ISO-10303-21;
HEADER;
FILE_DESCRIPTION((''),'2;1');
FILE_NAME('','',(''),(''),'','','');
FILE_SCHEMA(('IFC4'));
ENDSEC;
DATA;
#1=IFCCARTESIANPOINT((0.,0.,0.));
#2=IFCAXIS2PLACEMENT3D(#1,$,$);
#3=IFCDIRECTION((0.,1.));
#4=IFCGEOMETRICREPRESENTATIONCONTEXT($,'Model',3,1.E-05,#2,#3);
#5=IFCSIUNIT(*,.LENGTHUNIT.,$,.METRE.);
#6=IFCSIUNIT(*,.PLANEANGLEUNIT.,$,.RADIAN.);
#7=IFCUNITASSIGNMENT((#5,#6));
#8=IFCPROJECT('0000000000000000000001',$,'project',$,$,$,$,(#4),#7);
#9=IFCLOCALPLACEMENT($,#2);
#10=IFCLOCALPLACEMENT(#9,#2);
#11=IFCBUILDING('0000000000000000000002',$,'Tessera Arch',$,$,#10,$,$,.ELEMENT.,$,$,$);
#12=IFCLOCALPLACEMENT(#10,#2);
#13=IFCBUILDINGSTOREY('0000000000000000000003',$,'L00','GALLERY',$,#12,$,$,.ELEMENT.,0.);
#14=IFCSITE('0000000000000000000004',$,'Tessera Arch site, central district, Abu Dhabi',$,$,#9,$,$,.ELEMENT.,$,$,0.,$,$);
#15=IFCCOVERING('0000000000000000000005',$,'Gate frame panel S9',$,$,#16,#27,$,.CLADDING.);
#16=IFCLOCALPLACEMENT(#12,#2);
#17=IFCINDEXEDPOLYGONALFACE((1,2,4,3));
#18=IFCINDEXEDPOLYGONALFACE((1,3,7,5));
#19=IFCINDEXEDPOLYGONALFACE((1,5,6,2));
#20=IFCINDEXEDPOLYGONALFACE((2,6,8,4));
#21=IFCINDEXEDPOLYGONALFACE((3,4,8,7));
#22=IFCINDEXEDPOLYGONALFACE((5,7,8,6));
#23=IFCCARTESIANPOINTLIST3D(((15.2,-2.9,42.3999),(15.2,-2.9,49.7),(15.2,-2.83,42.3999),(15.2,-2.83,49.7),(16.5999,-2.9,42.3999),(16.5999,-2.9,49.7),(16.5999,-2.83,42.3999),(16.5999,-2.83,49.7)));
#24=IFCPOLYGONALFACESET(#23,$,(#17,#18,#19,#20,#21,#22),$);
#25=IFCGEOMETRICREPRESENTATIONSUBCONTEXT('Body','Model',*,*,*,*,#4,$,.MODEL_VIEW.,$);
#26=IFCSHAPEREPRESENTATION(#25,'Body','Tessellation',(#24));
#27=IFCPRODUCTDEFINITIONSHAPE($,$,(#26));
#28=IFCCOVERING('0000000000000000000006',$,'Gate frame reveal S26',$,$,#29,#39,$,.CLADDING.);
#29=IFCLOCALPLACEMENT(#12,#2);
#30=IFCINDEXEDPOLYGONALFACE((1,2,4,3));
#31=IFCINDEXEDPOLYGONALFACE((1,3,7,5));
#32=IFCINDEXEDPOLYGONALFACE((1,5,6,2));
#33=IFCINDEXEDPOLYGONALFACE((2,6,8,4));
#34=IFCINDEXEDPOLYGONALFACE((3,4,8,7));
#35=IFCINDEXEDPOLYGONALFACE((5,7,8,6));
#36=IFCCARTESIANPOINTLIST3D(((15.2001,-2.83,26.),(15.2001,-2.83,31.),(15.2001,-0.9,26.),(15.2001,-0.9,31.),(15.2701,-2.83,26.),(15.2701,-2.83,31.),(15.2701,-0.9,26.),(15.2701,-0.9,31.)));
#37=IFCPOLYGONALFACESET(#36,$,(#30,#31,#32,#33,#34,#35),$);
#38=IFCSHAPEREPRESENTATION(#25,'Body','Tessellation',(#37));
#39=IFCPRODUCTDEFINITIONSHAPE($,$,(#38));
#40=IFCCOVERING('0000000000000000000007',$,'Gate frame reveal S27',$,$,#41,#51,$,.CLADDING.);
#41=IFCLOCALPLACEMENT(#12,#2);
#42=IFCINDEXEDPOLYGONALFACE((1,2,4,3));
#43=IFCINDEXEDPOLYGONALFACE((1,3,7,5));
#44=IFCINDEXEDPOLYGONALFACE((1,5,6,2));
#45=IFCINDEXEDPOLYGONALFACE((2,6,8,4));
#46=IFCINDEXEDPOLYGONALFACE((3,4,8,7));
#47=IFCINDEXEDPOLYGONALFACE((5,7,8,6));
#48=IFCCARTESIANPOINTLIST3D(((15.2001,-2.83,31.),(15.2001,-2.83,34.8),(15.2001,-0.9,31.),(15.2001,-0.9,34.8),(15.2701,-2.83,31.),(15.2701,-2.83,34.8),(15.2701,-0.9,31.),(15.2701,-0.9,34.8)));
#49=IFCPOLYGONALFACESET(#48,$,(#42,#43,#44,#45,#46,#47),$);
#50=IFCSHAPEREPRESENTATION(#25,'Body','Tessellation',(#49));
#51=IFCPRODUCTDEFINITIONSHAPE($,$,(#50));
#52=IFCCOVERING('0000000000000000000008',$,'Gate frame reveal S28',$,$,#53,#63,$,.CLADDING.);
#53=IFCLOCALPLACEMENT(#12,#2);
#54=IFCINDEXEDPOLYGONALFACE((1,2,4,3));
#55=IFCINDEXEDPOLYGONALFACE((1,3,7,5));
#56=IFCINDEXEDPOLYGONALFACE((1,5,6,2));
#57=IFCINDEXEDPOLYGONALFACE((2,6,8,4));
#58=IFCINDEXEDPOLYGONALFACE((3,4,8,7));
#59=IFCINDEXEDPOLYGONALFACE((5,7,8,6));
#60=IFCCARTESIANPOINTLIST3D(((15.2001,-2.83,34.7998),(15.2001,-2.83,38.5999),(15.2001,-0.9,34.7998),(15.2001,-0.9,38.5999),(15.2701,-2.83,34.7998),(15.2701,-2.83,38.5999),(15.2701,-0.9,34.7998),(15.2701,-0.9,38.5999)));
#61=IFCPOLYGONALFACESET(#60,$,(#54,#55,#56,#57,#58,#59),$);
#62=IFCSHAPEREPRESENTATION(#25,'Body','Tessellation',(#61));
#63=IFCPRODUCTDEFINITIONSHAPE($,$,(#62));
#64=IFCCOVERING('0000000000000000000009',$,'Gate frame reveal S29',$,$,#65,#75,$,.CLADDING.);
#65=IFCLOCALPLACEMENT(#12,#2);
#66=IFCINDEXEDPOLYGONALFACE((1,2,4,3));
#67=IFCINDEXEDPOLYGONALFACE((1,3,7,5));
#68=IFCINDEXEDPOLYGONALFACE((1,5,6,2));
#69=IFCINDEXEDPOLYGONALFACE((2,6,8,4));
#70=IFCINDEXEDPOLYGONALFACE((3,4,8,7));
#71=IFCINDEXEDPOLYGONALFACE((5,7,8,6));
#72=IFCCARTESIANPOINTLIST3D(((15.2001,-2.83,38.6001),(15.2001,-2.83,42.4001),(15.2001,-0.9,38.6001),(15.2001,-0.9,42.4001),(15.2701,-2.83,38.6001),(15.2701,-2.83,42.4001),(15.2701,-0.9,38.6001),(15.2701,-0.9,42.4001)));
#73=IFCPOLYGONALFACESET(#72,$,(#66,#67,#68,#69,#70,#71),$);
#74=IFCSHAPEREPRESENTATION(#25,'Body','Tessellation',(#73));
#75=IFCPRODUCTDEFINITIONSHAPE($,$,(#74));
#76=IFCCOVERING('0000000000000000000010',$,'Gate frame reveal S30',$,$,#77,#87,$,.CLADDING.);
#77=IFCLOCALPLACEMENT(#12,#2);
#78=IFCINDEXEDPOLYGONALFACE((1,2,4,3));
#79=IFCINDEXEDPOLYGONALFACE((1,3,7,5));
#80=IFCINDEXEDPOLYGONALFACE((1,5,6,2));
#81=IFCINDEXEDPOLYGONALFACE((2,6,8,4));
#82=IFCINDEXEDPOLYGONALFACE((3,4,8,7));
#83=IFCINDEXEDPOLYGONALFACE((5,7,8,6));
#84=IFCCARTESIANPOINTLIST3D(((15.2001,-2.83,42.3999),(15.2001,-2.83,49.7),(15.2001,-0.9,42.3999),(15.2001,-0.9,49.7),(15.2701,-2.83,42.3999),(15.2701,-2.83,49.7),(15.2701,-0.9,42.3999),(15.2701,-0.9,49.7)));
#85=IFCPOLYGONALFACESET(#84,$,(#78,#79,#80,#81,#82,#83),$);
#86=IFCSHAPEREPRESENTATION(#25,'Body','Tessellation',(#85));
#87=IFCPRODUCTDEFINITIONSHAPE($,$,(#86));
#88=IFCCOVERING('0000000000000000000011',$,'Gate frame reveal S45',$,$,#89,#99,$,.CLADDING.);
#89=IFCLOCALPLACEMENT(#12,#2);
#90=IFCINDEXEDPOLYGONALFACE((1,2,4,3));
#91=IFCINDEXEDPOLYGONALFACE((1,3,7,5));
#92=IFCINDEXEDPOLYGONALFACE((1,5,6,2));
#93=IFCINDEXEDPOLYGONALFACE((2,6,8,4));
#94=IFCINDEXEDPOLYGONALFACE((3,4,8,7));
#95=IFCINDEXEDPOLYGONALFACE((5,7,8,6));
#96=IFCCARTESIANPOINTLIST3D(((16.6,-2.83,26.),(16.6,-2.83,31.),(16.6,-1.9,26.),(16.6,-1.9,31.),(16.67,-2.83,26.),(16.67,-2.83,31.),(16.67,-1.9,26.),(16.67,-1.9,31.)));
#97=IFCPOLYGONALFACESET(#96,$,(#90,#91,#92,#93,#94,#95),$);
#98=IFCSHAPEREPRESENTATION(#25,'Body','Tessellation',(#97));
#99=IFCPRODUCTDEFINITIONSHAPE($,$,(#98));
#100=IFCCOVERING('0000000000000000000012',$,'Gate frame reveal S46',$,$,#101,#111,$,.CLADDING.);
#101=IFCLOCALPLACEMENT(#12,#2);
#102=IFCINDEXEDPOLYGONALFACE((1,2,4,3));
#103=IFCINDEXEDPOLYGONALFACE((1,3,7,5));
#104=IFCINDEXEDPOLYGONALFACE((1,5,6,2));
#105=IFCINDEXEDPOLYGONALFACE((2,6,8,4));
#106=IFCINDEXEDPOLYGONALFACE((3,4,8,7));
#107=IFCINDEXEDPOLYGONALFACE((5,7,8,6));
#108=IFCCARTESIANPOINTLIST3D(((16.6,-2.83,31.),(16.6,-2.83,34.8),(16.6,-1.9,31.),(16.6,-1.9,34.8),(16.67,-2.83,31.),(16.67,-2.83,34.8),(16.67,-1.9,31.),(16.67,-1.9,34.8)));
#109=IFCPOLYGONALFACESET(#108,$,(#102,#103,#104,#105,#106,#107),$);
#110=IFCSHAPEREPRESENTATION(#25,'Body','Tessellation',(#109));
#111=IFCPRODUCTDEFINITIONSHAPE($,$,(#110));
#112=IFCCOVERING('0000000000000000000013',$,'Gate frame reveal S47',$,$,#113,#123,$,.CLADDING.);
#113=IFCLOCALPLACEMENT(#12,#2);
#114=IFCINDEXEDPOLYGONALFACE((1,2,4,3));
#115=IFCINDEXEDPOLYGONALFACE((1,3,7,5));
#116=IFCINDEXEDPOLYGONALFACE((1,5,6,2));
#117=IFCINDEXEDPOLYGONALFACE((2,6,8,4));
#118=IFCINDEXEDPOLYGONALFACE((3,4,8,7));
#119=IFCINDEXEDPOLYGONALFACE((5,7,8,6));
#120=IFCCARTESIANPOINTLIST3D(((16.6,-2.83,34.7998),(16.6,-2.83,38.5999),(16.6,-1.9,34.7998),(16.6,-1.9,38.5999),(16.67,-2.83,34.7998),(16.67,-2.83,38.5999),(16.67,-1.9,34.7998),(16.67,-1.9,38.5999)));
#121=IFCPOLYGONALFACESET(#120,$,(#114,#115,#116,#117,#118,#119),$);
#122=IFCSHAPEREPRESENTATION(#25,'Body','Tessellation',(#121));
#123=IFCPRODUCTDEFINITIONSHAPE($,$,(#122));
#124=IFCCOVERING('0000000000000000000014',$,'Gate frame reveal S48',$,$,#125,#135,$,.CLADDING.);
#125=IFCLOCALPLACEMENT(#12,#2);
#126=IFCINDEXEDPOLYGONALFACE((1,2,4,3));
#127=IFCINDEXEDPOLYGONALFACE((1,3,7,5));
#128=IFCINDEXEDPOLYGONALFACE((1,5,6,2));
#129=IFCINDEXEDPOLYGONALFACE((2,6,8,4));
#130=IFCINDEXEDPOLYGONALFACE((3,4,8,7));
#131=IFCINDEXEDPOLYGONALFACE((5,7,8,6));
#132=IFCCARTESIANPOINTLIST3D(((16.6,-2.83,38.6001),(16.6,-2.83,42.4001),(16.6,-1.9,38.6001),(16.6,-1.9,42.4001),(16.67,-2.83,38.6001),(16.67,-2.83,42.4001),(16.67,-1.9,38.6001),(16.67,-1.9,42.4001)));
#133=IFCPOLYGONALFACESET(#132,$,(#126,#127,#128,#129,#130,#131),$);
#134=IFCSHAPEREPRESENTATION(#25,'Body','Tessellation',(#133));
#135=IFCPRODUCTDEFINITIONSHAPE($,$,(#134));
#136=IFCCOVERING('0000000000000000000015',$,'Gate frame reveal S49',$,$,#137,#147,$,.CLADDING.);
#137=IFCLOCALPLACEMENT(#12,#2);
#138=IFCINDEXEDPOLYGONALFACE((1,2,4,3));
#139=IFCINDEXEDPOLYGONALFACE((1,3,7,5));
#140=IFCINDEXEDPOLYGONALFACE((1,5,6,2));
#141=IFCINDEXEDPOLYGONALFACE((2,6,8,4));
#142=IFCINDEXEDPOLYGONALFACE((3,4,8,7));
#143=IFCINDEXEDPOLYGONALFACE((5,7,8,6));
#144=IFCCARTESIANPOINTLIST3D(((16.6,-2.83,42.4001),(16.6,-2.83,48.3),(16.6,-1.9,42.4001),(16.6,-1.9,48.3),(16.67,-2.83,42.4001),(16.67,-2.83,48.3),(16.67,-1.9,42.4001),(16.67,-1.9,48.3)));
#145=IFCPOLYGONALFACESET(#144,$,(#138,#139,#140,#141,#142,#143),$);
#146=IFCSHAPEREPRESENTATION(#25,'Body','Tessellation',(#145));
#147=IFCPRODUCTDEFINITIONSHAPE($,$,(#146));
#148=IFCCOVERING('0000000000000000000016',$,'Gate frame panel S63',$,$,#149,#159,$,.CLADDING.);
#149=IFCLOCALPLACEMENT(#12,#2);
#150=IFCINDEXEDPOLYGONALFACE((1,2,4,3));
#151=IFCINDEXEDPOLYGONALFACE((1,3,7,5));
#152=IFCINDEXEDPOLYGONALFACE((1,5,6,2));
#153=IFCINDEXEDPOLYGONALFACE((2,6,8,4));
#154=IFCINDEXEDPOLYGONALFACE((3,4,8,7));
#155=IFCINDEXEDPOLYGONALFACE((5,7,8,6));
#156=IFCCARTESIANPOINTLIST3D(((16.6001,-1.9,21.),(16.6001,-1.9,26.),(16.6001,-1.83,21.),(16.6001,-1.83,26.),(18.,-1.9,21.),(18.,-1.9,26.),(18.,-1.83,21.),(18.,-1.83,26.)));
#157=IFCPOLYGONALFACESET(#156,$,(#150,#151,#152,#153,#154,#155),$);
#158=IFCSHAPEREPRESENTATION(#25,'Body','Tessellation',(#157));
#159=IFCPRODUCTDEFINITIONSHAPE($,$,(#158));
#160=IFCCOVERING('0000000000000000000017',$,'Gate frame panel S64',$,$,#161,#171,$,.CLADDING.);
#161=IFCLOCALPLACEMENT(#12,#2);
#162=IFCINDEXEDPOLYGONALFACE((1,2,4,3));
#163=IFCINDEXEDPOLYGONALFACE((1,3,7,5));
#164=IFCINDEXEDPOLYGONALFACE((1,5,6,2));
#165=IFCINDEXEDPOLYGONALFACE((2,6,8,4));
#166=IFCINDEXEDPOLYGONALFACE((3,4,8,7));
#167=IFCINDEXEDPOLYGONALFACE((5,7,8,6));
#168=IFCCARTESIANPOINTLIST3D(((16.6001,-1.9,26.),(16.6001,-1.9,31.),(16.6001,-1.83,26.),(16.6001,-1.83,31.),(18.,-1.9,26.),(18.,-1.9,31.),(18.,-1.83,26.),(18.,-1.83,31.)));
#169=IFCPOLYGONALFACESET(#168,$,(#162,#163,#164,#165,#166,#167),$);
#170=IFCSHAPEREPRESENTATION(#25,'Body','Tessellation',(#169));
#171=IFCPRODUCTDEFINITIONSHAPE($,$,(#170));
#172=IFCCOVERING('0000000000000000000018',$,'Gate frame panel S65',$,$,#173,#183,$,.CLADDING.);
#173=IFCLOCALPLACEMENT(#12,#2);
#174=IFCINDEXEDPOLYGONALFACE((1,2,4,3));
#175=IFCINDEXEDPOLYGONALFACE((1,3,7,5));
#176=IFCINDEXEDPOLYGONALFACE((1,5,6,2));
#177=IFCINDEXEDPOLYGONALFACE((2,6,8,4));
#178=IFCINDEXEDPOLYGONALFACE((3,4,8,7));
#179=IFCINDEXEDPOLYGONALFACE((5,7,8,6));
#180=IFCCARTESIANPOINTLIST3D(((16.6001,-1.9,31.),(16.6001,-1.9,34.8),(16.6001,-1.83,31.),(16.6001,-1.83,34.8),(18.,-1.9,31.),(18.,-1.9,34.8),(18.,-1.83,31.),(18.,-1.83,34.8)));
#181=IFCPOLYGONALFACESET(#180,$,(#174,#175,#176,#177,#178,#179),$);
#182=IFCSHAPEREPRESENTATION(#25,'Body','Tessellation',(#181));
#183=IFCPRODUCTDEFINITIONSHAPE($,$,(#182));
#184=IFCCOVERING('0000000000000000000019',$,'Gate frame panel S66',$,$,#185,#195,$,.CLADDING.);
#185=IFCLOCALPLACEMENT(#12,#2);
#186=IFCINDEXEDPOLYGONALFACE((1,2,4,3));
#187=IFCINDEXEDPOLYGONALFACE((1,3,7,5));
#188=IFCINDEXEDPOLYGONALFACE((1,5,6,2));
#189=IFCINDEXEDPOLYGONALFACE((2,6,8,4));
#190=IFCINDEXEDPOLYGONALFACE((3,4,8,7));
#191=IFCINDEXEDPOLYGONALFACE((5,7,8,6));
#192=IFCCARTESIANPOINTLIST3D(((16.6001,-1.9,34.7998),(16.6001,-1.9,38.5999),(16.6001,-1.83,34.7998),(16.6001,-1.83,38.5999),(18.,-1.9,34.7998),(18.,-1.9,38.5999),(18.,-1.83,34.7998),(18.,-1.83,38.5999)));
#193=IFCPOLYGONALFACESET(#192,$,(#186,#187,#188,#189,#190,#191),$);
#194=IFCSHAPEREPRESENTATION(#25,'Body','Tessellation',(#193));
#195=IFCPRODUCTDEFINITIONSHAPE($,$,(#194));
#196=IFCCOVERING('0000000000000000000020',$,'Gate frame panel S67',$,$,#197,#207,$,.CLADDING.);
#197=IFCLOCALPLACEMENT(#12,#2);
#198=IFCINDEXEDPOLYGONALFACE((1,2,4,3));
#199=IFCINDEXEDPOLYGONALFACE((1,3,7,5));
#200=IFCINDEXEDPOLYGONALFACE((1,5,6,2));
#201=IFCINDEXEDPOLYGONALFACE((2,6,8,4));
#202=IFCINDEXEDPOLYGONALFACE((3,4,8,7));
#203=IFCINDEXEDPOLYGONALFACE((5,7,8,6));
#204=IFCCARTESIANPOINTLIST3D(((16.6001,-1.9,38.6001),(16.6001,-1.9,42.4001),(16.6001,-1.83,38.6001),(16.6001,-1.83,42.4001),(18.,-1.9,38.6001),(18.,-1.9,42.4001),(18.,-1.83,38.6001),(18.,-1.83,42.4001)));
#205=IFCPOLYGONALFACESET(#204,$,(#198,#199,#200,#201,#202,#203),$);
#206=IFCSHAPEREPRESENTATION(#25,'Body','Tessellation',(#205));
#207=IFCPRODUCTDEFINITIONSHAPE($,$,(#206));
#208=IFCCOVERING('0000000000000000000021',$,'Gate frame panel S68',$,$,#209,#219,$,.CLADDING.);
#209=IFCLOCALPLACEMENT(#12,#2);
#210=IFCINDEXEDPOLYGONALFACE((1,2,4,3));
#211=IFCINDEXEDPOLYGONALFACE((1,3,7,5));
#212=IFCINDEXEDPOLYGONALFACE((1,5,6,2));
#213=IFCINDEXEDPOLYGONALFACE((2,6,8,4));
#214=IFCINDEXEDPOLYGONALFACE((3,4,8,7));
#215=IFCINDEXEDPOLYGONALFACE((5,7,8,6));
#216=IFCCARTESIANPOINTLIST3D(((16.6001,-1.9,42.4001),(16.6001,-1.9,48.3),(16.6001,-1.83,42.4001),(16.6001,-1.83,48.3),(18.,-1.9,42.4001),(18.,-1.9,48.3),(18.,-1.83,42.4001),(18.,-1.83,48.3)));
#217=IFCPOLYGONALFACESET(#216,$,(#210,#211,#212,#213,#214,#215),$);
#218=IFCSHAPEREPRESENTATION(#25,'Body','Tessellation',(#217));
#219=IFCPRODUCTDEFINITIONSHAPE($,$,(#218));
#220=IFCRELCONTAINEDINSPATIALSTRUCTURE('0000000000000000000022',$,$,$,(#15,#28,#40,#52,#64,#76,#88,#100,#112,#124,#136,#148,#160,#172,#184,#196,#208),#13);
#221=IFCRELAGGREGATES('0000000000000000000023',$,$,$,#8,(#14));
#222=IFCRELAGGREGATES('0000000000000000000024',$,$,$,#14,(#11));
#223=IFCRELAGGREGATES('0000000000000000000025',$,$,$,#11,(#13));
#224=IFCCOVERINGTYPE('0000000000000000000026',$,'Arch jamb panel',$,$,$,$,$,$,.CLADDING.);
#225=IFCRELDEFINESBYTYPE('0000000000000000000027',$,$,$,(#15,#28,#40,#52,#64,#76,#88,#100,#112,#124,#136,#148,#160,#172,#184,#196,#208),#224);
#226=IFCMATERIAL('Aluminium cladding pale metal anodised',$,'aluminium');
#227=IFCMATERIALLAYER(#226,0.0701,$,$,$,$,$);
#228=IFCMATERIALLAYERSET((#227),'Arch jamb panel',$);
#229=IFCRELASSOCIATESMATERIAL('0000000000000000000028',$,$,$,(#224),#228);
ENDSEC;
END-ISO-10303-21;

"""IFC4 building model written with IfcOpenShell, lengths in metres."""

from ifc_helpers import new_model, si_unit, direction, frame, origin, origin_2d, place, context, subcontext, project, spatial, rectangle, extrude, material, layer, layer_set, type_object, element, save


model = new_model("IFC4")

# Units and contexts
model_context = context("Model", 3, precision=1e-05, world=origin(), true_north=direction((0.0, 1.0)))
body_context = subcontext(model_context, "Body", "Model", "MODEL_VIEW")
ifc_project = project(units=[si_unit("LENGTHUNIT", "METRE"), si_unit("PLANEANGLEUNIT", "RADIAN")], contexts=[model_context])

# Site, building, storey
site_placement = place(None, origin())
site = spatial("IfcSite", under=ifc_project, at=site_placement, Name="Tessera Arch site, central district, Abu Dhabi", CompositionType="ELEMENT", RefElevation=0.0)
building_placement = place(site_placement, origin())
building = spatial("IfcBuilding", under=site, at=building_placement, Name="Tessera Arch", CompositionType="ELEMENT")
storey_placement = place(building_placement, origin())
storey = spatial("IfcBuildingStorey", under=building, at=storey_placement, Name="L00", Description="GALLERY", CompositionType="ELEMENT", Elevation=0.0)

# Coverings
ifc_material = material(Name="Aluminium cladding pale metal anodised", Category="aluminium")
ifc_layer = layer(ifc_material, 0.0701)
ifc_layer_set = layer_set([ifc_layer], Name="Arch jamb panel")
covering_type = type_object("IfcCoveringType", Name="Arch jamb panel", PredefinedType="CLADDING", material=ifc_layer_set)
covering_1_placement = place(storey_placement, frame((15.8999, -2.865, 42.3999), z_axis=(0.0, 0.0, 1.0), x_axis=(1.0, 0.0, 0.0)))
element("IfcCovering", 1, at=covering_1_placement, inside=storey, type_object=covering_type, Name="Gate frame panel S9", PredefinedType="CLADDING", context=body_context, shape_type="SweptSolid", body=[
    extrude(rectangle(XDim=1.3999, YDim=0.0701, at=origin_2d()), origin(), (0.0, 0.0, 1.0), 7.3),
])
covering_2_placement = place(storey_placement, frame((15.2351, -1.865, 26.0), z_axis=(0.0, 0.0, 1.0), x_axis=(1.0, 0.0, 0.0)))
element("IfcCovering", 2, at=covering_2_placement, inside=storey, type_object=covering_type, Name="Gate frame reveal S26", PredefinedType="CLADDING", context=body_context, shape_type="SweptSolid", body=[
    extrude(rectangle(XDim=0.0701, YDim=1.9299, at=origin_2d()), origin(), (0.0, 0.0, 1.0), 5.0),
])
for number, where, z_axis, x_axis, name in (
    (3, (15.2351, -1.865, 31.0), (0.0, 0.0, 1.0), (1.0, 0.0, 0.0), "Gate frame reveal S27"),
    (4, (15.2351, -1.865, 34.7998), (0.0, 0.0, 1.0), (1.0, 0.0, 0.0), "Gate frame reveal S28"),
    (5, (15.2351, -1.865, 38.6001), (0.0, 0.0, 1.0), (1.0, 0.0, 0.0), "Gate frame reveal S29"),
):
    element("IfcCovering", number, at=place(storey_placement, frame(where, z_axis=z_axis, x_axis=x_axis)), inside=storey, type_object=covering_type, Name=name, PredefinedType="CLADDING", context=body_context, shape_type="SweptSolid", body=[
        extrude(rectangle(XDim=0.0701, YDim=1.9299, at=origin_2d()), origin(), (0.0, 0.0, 1.0), 3.8),
    ])
covering_3_placement = place(storey_placement, frame((15.2351, -1.865, 42.3999), z_axis=(0.0, 0.0, 1.0), x_axis=(1.0, 0.0, 0.0)))
element("IfcCovering", 6, at=covering_3_placement, inside=storey, type_object=covering_type, Name="Gate frame reveal S30", PredefinedType="CLADDING", context=body_context, shape_type="SweptSolid", body=[
    extrude(rectangle(XDim=0.0701, YDim=1.9299, at=origin_2d()), origin(), (0.0, 0.0, 1.0), 7.3),
])
covering_4_placement = place(storey_placement, frame((16.635, -2.365, 26.0), z_axis=(0.0, 0.0, 1.0), x_axis=(1.0, 0.0, 0.0)))
element("IfcCovering", 7, at=covering_4_placement, inside=storey, type_object=covering_type, Name="Gate frame reveal S45", PredefinedType="CLADDING", context=body_context, shape_type="SweptSolid", body=[
    extrude(rectangle(XDim=0.0701, YDim=0.9299, at=origin_2d()), origin(), (0.0, 0.0, 1.0), 5.0),
])
for number, where, z_axis, x_axis, name in (
    (8, (16.635, -2.365, 31.0), (0.0, 0.0, 1.0), (1.0, 0.0, 0.0), "Gate frame reveal S46"),
    (9, (16.635, -2.365, 34.7998), (0.0, 0.0, 1.0), (1.0, 0.0, 0.0), "Gate frame reveal S47"),
    (10, (16.635, -2.365, 38.6001), (0.0, 0.0, 1.0), (1.0, 0.0, 0.0), "Gate frame reveal S48"),
):
    element("IfcCovering", number, at=place(storey_placement, frame(where, z_axis=z_axis, x_axis=x_axis)), inside=storey, type_object=covering_type, Name=name, PredefinedType="CLADDING", context=body_context, shape_type="SweptSolid", body=[
        extrude(rectangle(XDim=0.0701, YDim=0.9299, at=origin_2d()), origin(), (0.0, 0.0, 1.0), 3.8),
    ])
covering_5_placement = place(storey_placement, frame((16.635, -2.365, 42.4001), z_axis=(0.0, 0.0, 1.0), x_axis=(1.0, 0.0, 0.0)))
element("IfcCovering", 11, at=covering_5_placement, inside=storey, type_object=covering_type, Name="Gate frame reveal S49", PredefinedType="CLADDING", context=body_context, shape_type="SweptSolid", body=[
    extrude(rectangle(XDim=0.0701, YDim=0.9299, at=origin_2d()), origin(), (0.0, 0.0, 1.0), 5.8999),
])
for number, where, z_axis, x_axis, name in (
    (12, (17.3, -1.865, 21.0), (0.0, 0.0, 1.0), (1.0, 0.0, 0.0), "Gate frame panel S63"),
    (13, (17.3, -1.865, 26.0), (0.0, 0.0, 1.0), (1.0, 0.0, 0.0), "Gate frame panel S64"),
):
    element("IfcCovering", number, at=place(storey_placement, frame(where, z_axis=z_axis, x_axis=x_axis)), inside=storey, type_object=covering_type, Name=name, PredefinedType="CLADDING", context=body_context, shape_type="SweptSolid", body=[
        extrude(rectangle(XDim=1.3999, YDim=0.0701, at=origin_2d()), origin(), (0.0, 0.0, 1.0), 5.0),
    ])
for number, where, z_axis, x_axis, name in (
    (14, (17.3, -1.865, 31.0), (0.0, 0.0, 1.0), (1.0, 0.0, 0.0), "Gate frame panel S65"),
    (15, (17.3, -1.865, 34.7998), (0.0, 0.0, 1.0), (1.0, 0.0, 0.0), "Gate frame panel S66"),
    (16, (17.3, -1.865, 38.6001), (0.0, 0.0, 1.0), (1.0, 0.0, 0.0), "Gate frame panel S67"),
):
    element("IfcCovering", number, at=place(storey_placement, frame(where, z_axis=z_axis, x_axis=x_axis)), inside=storey, type_object=covering_type, Name=name, PredefinedType="CLADDING", context=body_context, shape_type="SweptSolid", body=[
        extrude(rectangle(XDim=1.3999, YDim=0.0701, at=origin_2d()), origin(), (0.0, 0.0, 1.0), 3.8),
    ])
covering_6_placement = place(storey_placement, frame((17.3, -1.865, 42.4001), z_axis=(0.0, 0.0, 1.0), x_axis=(1.0, 0.0, 0.0)))
element("IfcCovering", 17, at=covering_6_placement, inside=storey, type_object=covering_type, Name="Gate frame panel S68", PredefinedType="CLADDING", context=body_context, shape_type="SweptSolid", body=[
    extrude(rectangle(XDim=1.3999, YDim=0.0701, at=origin_2d()), origin(), (0.0, 0.0, 1.0), 5.8999),
])

save(model, "model.ifc")
